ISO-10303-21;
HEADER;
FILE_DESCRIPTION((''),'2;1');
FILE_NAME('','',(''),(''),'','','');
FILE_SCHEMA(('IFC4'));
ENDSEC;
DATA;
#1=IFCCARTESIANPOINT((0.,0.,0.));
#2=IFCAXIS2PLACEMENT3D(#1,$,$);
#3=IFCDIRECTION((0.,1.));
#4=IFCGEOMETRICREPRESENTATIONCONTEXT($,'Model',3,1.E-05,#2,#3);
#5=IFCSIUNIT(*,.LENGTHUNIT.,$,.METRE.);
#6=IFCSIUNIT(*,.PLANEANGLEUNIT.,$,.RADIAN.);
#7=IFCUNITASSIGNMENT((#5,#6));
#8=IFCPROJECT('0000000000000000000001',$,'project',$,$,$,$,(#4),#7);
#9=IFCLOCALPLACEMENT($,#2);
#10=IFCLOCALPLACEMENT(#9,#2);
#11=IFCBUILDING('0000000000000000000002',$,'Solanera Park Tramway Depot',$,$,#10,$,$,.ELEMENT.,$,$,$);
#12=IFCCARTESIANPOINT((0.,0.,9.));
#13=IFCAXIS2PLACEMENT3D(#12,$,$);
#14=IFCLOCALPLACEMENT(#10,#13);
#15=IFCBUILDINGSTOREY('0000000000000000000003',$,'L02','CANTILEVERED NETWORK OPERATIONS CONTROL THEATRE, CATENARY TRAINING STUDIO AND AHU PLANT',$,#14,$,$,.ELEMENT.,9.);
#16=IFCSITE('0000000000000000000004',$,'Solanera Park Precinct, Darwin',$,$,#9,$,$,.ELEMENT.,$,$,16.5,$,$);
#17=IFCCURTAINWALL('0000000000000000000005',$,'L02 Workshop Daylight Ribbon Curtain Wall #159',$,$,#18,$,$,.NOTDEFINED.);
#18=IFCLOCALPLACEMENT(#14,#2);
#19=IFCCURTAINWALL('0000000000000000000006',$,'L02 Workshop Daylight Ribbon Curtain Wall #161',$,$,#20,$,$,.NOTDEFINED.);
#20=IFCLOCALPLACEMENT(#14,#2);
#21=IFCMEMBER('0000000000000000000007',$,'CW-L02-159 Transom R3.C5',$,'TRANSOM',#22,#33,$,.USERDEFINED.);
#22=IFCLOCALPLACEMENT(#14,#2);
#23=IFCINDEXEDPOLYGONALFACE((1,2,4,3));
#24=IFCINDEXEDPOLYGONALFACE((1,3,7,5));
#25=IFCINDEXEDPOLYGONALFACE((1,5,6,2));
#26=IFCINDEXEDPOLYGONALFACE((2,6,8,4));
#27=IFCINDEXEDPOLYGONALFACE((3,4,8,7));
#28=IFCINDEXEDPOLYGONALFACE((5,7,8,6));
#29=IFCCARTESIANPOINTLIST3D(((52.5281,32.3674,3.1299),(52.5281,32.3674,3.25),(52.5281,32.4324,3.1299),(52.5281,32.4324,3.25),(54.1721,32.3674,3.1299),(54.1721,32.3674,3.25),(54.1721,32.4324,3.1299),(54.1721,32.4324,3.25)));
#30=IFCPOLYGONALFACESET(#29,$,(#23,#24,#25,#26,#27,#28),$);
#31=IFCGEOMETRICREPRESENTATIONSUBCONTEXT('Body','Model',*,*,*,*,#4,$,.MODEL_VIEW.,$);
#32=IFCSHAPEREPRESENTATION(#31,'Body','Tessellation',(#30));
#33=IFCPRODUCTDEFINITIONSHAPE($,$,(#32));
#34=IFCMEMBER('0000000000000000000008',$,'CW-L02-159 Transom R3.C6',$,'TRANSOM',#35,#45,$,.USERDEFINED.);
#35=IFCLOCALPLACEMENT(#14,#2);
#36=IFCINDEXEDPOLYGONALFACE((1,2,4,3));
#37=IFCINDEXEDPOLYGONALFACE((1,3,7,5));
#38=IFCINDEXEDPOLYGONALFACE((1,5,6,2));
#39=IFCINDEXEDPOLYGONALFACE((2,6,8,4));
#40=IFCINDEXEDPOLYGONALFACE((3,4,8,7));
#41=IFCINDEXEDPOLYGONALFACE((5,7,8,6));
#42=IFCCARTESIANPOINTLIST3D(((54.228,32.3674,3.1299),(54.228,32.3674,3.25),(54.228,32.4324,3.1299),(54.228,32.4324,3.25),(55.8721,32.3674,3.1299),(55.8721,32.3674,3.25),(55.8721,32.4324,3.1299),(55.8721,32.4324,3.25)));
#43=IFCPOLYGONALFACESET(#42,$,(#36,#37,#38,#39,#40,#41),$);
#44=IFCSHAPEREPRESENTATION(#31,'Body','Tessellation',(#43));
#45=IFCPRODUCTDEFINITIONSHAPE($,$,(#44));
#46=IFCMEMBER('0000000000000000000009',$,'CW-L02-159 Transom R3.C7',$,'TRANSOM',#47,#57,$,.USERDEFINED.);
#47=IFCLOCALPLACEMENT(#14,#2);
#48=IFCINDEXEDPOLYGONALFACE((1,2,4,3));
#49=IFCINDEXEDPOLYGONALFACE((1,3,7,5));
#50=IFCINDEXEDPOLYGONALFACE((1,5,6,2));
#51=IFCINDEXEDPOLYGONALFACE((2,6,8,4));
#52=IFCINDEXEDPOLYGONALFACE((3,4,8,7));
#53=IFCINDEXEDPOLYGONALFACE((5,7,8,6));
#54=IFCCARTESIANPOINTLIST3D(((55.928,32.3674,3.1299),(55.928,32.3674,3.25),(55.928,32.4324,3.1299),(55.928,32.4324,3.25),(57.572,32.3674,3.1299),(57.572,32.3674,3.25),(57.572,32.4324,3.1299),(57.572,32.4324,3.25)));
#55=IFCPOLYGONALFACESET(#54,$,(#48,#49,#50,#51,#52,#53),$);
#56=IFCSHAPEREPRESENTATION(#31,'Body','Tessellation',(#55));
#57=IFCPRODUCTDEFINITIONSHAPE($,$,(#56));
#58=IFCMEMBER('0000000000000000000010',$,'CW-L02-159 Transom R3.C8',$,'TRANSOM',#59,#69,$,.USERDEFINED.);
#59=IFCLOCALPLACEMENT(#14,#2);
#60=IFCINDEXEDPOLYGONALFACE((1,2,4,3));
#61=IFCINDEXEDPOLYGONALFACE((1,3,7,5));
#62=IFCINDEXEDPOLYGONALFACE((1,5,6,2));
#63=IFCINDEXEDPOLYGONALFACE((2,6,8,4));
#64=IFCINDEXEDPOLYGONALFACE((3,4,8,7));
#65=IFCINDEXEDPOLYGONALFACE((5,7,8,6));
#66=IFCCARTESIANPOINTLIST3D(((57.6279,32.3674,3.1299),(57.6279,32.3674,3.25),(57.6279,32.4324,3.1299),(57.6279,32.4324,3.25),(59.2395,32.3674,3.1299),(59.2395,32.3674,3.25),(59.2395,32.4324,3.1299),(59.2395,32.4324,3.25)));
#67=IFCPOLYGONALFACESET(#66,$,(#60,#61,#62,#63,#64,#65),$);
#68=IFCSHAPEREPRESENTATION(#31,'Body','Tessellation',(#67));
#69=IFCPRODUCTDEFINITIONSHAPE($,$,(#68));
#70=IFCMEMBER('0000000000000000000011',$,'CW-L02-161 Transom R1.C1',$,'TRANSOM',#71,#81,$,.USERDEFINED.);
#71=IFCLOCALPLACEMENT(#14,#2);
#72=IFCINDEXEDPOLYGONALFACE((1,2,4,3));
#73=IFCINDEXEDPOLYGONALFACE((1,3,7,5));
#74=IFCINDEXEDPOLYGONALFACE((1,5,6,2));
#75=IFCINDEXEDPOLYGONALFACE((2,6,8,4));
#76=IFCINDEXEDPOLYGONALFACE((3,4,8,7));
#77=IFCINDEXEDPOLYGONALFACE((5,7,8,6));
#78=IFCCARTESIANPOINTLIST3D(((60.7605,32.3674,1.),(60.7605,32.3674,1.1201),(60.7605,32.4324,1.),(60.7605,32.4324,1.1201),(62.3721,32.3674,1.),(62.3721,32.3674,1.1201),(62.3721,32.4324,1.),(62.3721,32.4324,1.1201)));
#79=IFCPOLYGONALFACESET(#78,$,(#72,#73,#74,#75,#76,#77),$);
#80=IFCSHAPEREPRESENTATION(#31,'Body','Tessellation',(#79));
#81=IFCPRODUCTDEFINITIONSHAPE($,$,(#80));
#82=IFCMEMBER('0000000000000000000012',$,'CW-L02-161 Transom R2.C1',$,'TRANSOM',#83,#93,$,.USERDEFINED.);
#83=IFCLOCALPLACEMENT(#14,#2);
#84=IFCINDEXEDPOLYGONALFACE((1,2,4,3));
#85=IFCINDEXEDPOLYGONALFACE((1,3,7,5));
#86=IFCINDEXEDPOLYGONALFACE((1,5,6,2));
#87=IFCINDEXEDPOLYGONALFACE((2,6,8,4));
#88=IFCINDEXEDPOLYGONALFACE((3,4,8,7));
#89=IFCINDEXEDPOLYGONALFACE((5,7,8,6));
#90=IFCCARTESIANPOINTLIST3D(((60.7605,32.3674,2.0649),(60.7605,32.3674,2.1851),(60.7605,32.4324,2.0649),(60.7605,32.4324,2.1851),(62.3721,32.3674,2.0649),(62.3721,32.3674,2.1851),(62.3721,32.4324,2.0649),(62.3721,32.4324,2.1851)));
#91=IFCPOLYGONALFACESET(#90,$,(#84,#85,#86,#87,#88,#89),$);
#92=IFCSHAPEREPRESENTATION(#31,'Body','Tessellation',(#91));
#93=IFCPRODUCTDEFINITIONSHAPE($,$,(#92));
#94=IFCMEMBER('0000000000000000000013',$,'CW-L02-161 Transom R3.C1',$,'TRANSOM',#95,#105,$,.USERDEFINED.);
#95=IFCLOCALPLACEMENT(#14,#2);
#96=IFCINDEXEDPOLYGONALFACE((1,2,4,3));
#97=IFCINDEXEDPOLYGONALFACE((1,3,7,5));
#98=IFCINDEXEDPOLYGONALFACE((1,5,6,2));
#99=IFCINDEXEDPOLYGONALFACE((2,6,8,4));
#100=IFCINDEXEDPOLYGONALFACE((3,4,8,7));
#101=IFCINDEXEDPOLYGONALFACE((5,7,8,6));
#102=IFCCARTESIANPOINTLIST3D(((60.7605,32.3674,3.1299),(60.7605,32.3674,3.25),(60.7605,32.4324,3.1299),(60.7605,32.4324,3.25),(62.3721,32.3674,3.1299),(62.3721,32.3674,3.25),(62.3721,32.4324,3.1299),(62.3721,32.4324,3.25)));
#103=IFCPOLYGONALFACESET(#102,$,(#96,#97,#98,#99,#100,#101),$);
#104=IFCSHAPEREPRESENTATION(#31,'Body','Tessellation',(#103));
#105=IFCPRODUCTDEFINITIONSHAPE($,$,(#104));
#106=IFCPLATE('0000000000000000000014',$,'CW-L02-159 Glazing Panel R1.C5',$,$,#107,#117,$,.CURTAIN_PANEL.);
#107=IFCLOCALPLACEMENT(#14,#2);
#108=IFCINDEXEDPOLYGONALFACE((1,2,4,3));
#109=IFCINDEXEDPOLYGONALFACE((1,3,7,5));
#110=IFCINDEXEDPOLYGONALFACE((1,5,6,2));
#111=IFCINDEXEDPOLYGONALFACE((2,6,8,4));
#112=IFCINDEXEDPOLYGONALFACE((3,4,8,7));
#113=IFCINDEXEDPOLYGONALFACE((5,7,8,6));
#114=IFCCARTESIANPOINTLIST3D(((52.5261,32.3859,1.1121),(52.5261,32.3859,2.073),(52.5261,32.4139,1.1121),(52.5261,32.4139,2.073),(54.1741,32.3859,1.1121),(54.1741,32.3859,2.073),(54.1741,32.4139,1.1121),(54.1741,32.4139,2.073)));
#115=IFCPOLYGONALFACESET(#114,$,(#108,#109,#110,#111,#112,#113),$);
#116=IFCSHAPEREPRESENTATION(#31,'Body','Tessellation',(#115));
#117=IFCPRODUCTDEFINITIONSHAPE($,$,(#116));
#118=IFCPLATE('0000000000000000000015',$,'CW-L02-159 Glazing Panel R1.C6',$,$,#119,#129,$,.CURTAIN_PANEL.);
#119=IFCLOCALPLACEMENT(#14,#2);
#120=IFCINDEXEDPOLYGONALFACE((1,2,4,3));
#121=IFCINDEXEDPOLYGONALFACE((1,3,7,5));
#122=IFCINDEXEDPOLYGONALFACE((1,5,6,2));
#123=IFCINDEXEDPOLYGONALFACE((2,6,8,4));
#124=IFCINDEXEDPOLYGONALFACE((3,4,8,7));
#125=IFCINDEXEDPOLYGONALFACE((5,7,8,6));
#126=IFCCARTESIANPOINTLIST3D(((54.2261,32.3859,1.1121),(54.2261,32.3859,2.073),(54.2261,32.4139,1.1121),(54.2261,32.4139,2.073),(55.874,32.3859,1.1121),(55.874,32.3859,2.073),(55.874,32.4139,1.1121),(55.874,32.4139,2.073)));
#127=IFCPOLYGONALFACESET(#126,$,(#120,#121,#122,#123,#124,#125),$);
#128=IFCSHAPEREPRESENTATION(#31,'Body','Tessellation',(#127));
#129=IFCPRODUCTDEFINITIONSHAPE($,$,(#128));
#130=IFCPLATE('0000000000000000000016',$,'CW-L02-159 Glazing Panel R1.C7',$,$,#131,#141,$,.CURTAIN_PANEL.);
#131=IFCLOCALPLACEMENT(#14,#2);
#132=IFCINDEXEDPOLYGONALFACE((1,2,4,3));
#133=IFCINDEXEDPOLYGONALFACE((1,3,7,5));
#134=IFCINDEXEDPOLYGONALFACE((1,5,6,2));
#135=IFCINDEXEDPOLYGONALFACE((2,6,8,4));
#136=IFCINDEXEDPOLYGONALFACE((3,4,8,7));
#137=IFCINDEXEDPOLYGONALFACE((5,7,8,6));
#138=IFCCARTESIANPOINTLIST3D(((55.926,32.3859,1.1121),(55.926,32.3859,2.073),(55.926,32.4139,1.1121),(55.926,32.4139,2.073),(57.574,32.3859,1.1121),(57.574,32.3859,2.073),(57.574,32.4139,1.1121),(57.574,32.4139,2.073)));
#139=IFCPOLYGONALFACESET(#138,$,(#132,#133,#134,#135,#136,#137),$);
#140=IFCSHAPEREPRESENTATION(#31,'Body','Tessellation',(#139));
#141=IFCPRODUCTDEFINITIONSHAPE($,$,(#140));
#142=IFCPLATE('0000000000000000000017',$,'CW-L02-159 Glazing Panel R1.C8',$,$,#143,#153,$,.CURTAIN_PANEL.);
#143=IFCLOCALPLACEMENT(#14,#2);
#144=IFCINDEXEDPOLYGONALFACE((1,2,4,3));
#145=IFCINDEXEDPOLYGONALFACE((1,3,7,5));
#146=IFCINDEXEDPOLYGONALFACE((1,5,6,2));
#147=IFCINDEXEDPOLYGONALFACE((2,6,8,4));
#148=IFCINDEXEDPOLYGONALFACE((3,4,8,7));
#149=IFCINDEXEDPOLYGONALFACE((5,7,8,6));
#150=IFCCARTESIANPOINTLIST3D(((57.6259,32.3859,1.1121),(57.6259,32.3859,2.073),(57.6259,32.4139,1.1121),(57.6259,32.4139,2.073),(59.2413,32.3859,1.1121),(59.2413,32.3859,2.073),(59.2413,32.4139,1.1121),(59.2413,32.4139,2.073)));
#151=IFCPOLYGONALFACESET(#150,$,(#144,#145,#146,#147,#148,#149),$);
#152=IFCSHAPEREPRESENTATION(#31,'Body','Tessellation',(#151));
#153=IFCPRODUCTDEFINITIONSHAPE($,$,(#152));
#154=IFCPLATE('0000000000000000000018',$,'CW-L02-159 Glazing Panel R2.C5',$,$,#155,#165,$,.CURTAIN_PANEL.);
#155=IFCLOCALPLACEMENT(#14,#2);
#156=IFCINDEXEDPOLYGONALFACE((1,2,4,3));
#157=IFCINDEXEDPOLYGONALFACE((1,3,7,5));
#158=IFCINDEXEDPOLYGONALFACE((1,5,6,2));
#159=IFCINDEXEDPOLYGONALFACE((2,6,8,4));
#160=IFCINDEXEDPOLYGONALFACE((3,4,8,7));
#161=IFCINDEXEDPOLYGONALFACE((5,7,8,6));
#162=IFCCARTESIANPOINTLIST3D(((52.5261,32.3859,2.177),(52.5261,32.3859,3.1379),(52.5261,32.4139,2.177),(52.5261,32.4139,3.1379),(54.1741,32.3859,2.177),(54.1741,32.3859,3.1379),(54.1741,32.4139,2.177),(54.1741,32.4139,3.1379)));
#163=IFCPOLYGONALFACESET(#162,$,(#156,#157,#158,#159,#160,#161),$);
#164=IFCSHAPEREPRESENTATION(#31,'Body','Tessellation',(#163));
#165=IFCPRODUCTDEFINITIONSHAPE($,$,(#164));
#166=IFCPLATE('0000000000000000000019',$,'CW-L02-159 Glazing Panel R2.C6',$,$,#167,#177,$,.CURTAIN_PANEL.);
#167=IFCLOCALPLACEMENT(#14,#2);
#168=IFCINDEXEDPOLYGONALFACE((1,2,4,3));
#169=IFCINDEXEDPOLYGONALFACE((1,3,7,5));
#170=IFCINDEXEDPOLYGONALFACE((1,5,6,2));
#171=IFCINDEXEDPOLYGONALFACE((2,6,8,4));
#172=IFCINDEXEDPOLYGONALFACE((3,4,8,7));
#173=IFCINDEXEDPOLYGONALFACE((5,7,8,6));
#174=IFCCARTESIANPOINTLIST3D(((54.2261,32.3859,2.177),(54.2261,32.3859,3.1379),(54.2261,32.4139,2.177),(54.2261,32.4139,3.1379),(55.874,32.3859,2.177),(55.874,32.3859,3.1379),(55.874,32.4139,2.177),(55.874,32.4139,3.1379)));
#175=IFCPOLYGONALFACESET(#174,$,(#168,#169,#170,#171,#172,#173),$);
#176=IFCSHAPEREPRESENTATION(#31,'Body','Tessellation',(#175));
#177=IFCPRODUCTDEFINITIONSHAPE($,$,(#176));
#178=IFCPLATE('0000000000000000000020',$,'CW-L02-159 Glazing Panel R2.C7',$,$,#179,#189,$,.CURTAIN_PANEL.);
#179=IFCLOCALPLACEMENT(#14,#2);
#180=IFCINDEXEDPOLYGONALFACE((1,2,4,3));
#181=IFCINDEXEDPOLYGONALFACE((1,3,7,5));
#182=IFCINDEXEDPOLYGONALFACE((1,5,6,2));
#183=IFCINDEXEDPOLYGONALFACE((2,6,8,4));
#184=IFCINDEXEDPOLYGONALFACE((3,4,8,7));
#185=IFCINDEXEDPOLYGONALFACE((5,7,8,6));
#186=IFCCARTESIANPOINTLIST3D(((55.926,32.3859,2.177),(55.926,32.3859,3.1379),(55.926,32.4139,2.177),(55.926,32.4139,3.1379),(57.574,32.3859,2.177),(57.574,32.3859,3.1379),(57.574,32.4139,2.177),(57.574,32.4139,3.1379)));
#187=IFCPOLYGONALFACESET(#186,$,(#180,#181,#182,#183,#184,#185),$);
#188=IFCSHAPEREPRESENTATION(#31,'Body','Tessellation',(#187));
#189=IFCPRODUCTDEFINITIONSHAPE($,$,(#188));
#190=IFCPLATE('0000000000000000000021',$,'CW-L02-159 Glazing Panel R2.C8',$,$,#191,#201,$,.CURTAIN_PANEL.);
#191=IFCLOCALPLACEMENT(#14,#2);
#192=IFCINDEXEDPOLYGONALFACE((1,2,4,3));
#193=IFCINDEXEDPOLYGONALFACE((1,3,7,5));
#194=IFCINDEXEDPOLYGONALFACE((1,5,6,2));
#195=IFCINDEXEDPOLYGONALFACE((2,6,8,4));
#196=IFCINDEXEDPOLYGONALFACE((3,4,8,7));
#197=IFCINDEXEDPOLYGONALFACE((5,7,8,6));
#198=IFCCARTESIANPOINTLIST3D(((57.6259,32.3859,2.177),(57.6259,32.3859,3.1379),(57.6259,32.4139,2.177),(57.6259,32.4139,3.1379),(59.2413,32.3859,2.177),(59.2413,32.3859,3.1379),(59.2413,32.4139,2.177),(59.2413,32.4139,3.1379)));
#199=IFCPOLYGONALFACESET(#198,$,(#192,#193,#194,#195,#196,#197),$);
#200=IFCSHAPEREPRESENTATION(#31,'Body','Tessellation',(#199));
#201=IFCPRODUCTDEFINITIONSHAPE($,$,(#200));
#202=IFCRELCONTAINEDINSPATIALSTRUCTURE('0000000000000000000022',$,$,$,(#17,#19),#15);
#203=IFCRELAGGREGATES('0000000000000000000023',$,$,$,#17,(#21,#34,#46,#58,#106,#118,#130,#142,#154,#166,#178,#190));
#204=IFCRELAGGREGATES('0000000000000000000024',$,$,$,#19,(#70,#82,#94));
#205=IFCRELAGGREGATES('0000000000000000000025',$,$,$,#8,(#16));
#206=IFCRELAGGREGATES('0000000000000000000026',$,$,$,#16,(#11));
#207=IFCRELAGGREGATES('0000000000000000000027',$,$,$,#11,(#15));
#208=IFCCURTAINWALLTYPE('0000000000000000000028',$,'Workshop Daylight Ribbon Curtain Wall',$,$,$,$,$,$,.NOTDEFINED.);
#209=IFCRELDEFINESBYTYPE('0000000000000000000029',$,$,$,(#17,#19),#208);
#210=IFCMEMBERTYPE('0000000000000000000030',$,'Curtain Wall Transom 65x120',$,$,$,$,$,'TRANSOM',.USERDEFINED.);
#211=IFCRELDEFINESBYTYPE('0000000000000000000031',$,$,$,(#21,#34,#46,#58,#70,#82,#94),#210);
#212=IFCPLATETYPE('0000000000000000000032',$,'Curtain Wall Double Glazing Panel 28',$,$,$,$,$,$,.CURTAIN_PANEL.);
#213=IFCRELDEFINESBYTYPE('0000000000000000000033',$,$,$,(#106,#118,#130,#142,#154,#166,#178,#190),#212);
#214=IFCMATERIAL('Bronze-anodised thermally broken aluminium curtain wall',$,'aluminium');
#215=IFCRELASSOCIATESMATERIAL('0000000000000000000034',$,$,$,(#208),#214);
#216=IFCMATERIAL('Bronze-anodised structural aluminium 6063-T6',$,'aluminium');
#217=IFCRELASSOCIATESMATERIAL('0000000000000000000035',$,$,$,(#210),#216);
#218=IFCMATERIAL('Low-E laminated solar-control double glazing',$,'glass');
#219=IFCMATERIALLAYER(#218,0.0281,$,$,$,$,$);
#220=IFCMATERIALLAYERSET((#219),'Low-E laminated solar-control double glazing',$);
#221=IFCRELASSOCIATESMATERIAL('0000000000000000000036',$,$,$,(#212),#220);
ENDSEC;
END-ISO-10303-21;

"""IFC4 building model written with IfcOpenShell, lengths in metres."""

from ifc_helpers import new_model, si_unit, direction, frame, origin, origin_2d, place, context, subcontext, project, spatial, rectangle, extrude, material, layer, layer_set, material_profile, profile_set, type_object, element, aggregate, save


model = new_model("IFC4")

# Units and contexts
model_context = context("Model", 3, precision=1e-05, world=origin(), true_north=direction((0.0, 1.0)))
body_context = subcontext(model_context, "Body", "Model", "MODEL_VIEW")
ifc_project = project(units=[si_unit("LENGTHUNIT", "METRE"), si_unit("PLANEANGLEUNIT", "RADIAN")], contexts=[model_context])

# Site, building, storey
site_placement = place(None, origin())
site = spatial("IfcSite", under=ifc_project, at=site_placement, Name="Solanera Park Precinct, Darwin", CompositionType="ELEMENT", RefElevation=16.5)
building_placement = place(site_placement, origin())
building = spatial("IfcBuilding", under=site, at=building_placement, Name="Solanera Park Tramway Depot", CompositionType="ELEMENT")
storey_placement = place(building_placement, frame((0.0, 0.0, 9.0)))
storey = spatial("IfcBuildingStorey", under=building, at=storey_placement, Name="L02", Description="CANTILEVERED NETWORK OPERATIONS CONTROL THEATRE, CATENARY TRAINING STUDIO AND AHU PLANT", CompositionType="ELEMENT", Elevation=9.0)

# Curtain wall
ifc_material_1 = material(Name="Bronze-anodised thermally broken aluminium curtain wall", Category="aluminium")
curtain_wall_type = type_object("IfcCurtainWallType", Name="Workshop Daylight Ribbon Curtain Wall", PredefinedType="NOTDEFINED", material=ifc_material_1)
curtain_wall_1_placement = place(storey_placement, origin())
curtain_wall_1 = element("IfcCurtainWall", 1, at=curtain_wall_1_placement, inside=storey, type_object=curtain_wall_type, Name="L02 Workshop Daylight Ribbon Curtain Wall #159", PredefinedType="NOTDEFINED")

# Curtain wall
curtain_wall_2_placement = place(storey_placement, origin())
curtain_wall_2 = element("IfcCurtainWall", 2, at=curtain_wall_2_placement, inside=storey, type_object=curtain_wall_type, Name="L02 Workshop Daylight Ribbon Curtain Wall #161", PredefinedType="NOTDEFINED")

# Members
ifc_material_2 = material(Name="Bronze-anodised structural aluminium 6063-T6", Category="aluminium")
ifc_material_profile_1 = material_profile(ifc_material_2, rectangle(XDim=0.0649, YDim=0.1201, at=origin_2d()), Name="Curtain Wall Transom 65x120")
ifc_profile_set_1 = profile_set([ifc_material_profile_1], Name="Bronze-anodised structural aluminium 6063-T6")
member_type_1 = type_object("IfcMemberType", Name="Curtain Wall Transom 65x120", ElementType="TRANSOM", PredefinedType="USERDEFINED", material=ifc_profile_set_1)
member_1_placement = place(storey_placement, frame((52.5281, 32.3999, 3.1899), z_axis=(1.0, 0.0, 0.0), x_axis=(0.0, 1.0, 0.0)))
member_1 = element("IfcMember", 3, at=member_1_placement, type_object=member_type_1, Name="CW-L02-159 Transom R3.C5", ObjectType="TRANSOM", PredefinedType="USERDEFINED", context=body_context, shape_type="SweptSolid", body=[
    extrude(rectangle(XDim=0.0649, YDim=0.1201, at=origin_2d()), origin(), (0.0, 0.0, 1.0), 1.644),
])
member_2_placement = place(storey_placement, frame((54.228, 32.3999, 3.1899), z_axis=(1.0, 0.0, 0.0), x_axis=(0.0, 1.0, 0.0)))
member_2 = element("IfcMember", 4, at=member_2_placement, type_object=member_type_1, Name="CW-L02-159 Transom R3.C6", ObjectType="TRANSOM", PredefinedType="USERDEFINED", context=body_context, shape_type="SweptSolid", body=[
    extrude(rectangle(XDim=0.0649, YDim=0.1201, at=origin_2d()), origin(), (0.0, 0.0, 1.0), 1.644),
])
member_3_placement = place(storey_placement, frame((55.928, 32.3999, 3.1899), z_axis=(1.0, 0.0, 0.0), x_axis=(0.0, 1.0, 0.0)))
member_3 = element("IfcMember", 5, at=member_3_placement, type_object=member_type_1, Name="CW-L02-159 Transom R3.C7", ObjectType="TRANSOM", PredefinedType="USERDEFINED", context=body_context, shape_type="SweptSolid", body=[
    extrude(rectangle(XDim=0.0649, YDim=0.1201, at=origin_2d()), origin(), (0.0, 0.0, 1.0), 1.644),
])
member_4_placement = place(storey_placement, frame((57.6279, 32.3999, 3.1899), z_axis=(1.0, 0.0, 0.0), x_axis=(0.0, 1.0, 0.0)))
member_4 = element("IfcMember", 6, at=member_4_placement, type_object=member_type_1, Name="CW-L02-159 Transom R3.C8", ObjectType="TRANSOM", PredefinedType="USERDEFINED", context=body_context, shape_type="SweptSolid", body=[
    extrude(rectangle(XDim=0.0649, YDim=0.1201, at=origin_2d()), origin(), (0.0, 0.0, 1.0), 1.6116),
])
member_5_placement = place(storey_placement, frame((60.7605, 32.3999, 1.0601), z_axis=(1.0, 0.0, 0.0), x_axis=(0.0, 1.0, 0.0)))
member_5 = element("IfcMember", 7, at=member_5_placement, type_object=member_type_1, Name="CW-L02-161 Transom R1.C1", ObjectType="TRANSOM", PredefinedType="USERDEFINED", context=body_context, shape_type="SweptSolid", body=[
    extrude(rectangle(XDim=0.0649, YDim=0.1201, at=origin_2d()), origin(), (0.0, 0.0, 1.0), 1.6116),
])
member_6_placement = place(storey_placement, frame((60.7605, 32.3999, 2.125), z_axis=(1.0, 0.0, 0.0), x_axis=(0.0, 1.0, 0.0)))
member_6 = element("IfcMember", 8, at=member_6_placement, type_object=member_type_1, Name="CW-L02-161 Transom R2.C1", ObjectType="TRANSOM", PredefinedType="USERDEFINED", context=body_context, shape_type="SweptSolid", body=[
    extrude(rectangle(XDim=0.0649, YDim=0.1201, at=origin_2d()), origin(), (0.0, 0.0, 1.0), 1.6116),
])
member_7_placement = place(storey_placement, frame((60.7605, 32.3999, 3.1899), z_axis=(1.0, 0.0, 0.0), x_axis=(0.0, 1.0, 0.0)))
member_7 = element("IfcMember", 9, at=member_7_placement, type_object=member_type_1, Name="CW-L02-161 Transom R3.C1", ObjectType="TRANSOM", PredefinedType="USERDEFINED", context=body_context, shape_type="SweptSolid", body=[
    extrude(rectangle(XDim=0.0649, YDim=0.1201, at=origin_2d()), origin(), (0.0, 0.0, 1.0), 1.6116),
])

# Plates
ifc_material_3 = material(Name="Low-E laminated solar-control double glazing", Category="glass")
ifc_layer = layer(ifc_material_3, 0.0281)
ifc_layer_set = layer_set([ifc_layer], Name="Low-E laminated solar-control double glazing")
plate_type = type_object("IfcPlateType", Name="Curtain Wall Double Glazing Panel 28", PredefinedType="CURTAIN_PANEL", material=ifc_layer_set)
plate_1_placement = place(storey_placement, frame((53.3501, 32.3999, 1.1121), z_axis=(0.0, 0.0, 1.0), x_axis=(1.0, 0.0, 0.0)))
plate_1 = element("IfcPlate", 10, at=plate_1_placement, type_object=plate_type, Name="CW-L02-159 Glazing Panel R1.C5", PredefinedType="CURTAIN_PANEL", context=body_context, shape_type="SweptSolid", body=[
    extrude(rectangle(XDim=1.6479, YDim=0.0281, at=origin_2d()), origin(), (0.0, 0.0, 1.0), 0.9609),
])
plate_2_placement = place(storey_placement, frame((55.05, 32.3999, 1.1121), z_axis=(0.0, 0.0, 1.0), x_axis=(1.0, 0.0, 0.0)))
plate_2 = element("IfcPlate", 11, at=plate_2_placement, type_object=plate_type, Name="CW-L02-159 Glazing Panel R1.C6", PredefinedType="CURTAIN_PANEL", context=body_context, shape_type="SweptSolid", body=[
    extrude(rectangle(XDim=1.6479, YDim=0.0281, at=origin_2d()), origin(), (0.0, 0.0, 1.0), 0.9609),
])
plate_3_placement = place(storey_placement, frame((56.75, 32.3999, 1.1121), z_axis=(0.0, 0.0, 1.0), x_axis=(1.0, 0.0, 0.0)))
plate_3 = element("IfcPlate", 12, at=plate_3_placement, type_object=plate_type, Name="CW-L02-159 Glazing Panel R1.C7", PredefinedType="CURTAIN_PANEL", context=body_context, shape_type="SweptSolid", body=[
    extrude(rectangle(XDim=1.6479, YDim=0.0281, at=origin_2d()), origin(), (0.0, 0.0, 1.0), 0.9609),
])
plate_4_placement = place(storey_placement, frame((58.4336, 32.3999, 1.1121), z_axis=(0.0, 0.0, 1.0), x_axis=(1.0, 0.0, 0.0)))
plate_4 = element("IfcPlate", 13, at=plate_4_placement, type_object=plate_type, Name="CW-L02-159 Glazing Panel R1.C8", PredefinedType="CURTAIN_PANEL", context=body_context, shape_type="SweptSolid", body=[
    extrude(rectangle(XDim=1.6155, YDim=0.0281, at=origin_2d()), origin(), (0.0, 0.0, 1.0), 0.9609),
])
plate_5_placement = place(storey_placement, frame((53.3501, 32.3999, 2.177), z_axis=(0.0, 0.0, 1.0), x_axis=(1.0, 0.0, 0.0)))
plate_5 = element("IfcPlate", 14, at=plate_5_placement, type_object=plate_type, Name="CW-L02-159 Glazing Panel R2.C5", PredefinedType="CURTAIN_PANEL", context=body_context, shape_type="SweptSolid", body=[
    extrude(rectangle(XDim=1.6479, YDim=0.0281, at=origin_2d()), origin(), (0.0, 0.0, 1.0), 0.9609),
])
plate_6_placement = place(storey_placement, frame((55.05, 32.3999, 2.177), z_axis=(0.0, 0.0, 1.0), x_axis=(1.0, 0.0, 0.0)))
plate_6 = element("IfcPlate", 15, at=plate_6_placement, type_object=plate_type, Name="CW-L02-159 Glazing Panel R2.C6", PredefinedType="CURTAIN_PANEL", context=body_context, shape_type="SweptSolid", body=[
    extrude(rectangle(XDim=1.6479, YDim=0.0281, at=origin_2d()), origin(), (0.0, 0.0, 1.0), 0.9609),
])
plate_7_placement = place(storey_placement, frame((56.75, 32.3999, 2.177), z_axis=(0.0, 0.0, 1.0), x_axis=(1.0, 0.0, 0.0)))
plate_7 = element("IfcPlate", 16, at=plate_7_placement, type_object=plate_type, Name="CW-L02-159 Glazing Panel R2.C7", PredefinedType="CURTAIN_PANEL", context=body_context, shape_type="SweptSolid", body=[
    extrude(rectangle(XDim=1.6479, YDim=0.0281, at=origin_2d()), origin(), (0.0, 0.0, 1.0), 0.9609),
])
plate_8_placement = place(storey_placement, frame((58.4336, 32.3999, 2.177), z_axis=(0.0, 0.0, 1.0), x_axis=(1.0, 0.0, 0.0)))
plate_8 = element("IfcPlate", 17, at=plate_8_placement, type_object=plate_type, Name="CW-L02-159 Glazing Panel R2.C8", PredefinedType="CURTAIN_PANEL", context=body_context, shape_type="SweptSolid", body=[
    extrude(rectangle(XDim=1.6155, YDim=0.0281, at=origin_2d()), origin(), (0.0, 0.0, 1.0), 0.9609),
])
aggregate(curtain_wall_1, [member_1, member_2, member_3, member_4, plate_1, plate_2, plate_3, plate_4, plate_5, plate_6, plate_7, plate_8])
aggregate(curtain_wall_2, [member_5, member_6, member_7])

save(model, "model.ifc")
